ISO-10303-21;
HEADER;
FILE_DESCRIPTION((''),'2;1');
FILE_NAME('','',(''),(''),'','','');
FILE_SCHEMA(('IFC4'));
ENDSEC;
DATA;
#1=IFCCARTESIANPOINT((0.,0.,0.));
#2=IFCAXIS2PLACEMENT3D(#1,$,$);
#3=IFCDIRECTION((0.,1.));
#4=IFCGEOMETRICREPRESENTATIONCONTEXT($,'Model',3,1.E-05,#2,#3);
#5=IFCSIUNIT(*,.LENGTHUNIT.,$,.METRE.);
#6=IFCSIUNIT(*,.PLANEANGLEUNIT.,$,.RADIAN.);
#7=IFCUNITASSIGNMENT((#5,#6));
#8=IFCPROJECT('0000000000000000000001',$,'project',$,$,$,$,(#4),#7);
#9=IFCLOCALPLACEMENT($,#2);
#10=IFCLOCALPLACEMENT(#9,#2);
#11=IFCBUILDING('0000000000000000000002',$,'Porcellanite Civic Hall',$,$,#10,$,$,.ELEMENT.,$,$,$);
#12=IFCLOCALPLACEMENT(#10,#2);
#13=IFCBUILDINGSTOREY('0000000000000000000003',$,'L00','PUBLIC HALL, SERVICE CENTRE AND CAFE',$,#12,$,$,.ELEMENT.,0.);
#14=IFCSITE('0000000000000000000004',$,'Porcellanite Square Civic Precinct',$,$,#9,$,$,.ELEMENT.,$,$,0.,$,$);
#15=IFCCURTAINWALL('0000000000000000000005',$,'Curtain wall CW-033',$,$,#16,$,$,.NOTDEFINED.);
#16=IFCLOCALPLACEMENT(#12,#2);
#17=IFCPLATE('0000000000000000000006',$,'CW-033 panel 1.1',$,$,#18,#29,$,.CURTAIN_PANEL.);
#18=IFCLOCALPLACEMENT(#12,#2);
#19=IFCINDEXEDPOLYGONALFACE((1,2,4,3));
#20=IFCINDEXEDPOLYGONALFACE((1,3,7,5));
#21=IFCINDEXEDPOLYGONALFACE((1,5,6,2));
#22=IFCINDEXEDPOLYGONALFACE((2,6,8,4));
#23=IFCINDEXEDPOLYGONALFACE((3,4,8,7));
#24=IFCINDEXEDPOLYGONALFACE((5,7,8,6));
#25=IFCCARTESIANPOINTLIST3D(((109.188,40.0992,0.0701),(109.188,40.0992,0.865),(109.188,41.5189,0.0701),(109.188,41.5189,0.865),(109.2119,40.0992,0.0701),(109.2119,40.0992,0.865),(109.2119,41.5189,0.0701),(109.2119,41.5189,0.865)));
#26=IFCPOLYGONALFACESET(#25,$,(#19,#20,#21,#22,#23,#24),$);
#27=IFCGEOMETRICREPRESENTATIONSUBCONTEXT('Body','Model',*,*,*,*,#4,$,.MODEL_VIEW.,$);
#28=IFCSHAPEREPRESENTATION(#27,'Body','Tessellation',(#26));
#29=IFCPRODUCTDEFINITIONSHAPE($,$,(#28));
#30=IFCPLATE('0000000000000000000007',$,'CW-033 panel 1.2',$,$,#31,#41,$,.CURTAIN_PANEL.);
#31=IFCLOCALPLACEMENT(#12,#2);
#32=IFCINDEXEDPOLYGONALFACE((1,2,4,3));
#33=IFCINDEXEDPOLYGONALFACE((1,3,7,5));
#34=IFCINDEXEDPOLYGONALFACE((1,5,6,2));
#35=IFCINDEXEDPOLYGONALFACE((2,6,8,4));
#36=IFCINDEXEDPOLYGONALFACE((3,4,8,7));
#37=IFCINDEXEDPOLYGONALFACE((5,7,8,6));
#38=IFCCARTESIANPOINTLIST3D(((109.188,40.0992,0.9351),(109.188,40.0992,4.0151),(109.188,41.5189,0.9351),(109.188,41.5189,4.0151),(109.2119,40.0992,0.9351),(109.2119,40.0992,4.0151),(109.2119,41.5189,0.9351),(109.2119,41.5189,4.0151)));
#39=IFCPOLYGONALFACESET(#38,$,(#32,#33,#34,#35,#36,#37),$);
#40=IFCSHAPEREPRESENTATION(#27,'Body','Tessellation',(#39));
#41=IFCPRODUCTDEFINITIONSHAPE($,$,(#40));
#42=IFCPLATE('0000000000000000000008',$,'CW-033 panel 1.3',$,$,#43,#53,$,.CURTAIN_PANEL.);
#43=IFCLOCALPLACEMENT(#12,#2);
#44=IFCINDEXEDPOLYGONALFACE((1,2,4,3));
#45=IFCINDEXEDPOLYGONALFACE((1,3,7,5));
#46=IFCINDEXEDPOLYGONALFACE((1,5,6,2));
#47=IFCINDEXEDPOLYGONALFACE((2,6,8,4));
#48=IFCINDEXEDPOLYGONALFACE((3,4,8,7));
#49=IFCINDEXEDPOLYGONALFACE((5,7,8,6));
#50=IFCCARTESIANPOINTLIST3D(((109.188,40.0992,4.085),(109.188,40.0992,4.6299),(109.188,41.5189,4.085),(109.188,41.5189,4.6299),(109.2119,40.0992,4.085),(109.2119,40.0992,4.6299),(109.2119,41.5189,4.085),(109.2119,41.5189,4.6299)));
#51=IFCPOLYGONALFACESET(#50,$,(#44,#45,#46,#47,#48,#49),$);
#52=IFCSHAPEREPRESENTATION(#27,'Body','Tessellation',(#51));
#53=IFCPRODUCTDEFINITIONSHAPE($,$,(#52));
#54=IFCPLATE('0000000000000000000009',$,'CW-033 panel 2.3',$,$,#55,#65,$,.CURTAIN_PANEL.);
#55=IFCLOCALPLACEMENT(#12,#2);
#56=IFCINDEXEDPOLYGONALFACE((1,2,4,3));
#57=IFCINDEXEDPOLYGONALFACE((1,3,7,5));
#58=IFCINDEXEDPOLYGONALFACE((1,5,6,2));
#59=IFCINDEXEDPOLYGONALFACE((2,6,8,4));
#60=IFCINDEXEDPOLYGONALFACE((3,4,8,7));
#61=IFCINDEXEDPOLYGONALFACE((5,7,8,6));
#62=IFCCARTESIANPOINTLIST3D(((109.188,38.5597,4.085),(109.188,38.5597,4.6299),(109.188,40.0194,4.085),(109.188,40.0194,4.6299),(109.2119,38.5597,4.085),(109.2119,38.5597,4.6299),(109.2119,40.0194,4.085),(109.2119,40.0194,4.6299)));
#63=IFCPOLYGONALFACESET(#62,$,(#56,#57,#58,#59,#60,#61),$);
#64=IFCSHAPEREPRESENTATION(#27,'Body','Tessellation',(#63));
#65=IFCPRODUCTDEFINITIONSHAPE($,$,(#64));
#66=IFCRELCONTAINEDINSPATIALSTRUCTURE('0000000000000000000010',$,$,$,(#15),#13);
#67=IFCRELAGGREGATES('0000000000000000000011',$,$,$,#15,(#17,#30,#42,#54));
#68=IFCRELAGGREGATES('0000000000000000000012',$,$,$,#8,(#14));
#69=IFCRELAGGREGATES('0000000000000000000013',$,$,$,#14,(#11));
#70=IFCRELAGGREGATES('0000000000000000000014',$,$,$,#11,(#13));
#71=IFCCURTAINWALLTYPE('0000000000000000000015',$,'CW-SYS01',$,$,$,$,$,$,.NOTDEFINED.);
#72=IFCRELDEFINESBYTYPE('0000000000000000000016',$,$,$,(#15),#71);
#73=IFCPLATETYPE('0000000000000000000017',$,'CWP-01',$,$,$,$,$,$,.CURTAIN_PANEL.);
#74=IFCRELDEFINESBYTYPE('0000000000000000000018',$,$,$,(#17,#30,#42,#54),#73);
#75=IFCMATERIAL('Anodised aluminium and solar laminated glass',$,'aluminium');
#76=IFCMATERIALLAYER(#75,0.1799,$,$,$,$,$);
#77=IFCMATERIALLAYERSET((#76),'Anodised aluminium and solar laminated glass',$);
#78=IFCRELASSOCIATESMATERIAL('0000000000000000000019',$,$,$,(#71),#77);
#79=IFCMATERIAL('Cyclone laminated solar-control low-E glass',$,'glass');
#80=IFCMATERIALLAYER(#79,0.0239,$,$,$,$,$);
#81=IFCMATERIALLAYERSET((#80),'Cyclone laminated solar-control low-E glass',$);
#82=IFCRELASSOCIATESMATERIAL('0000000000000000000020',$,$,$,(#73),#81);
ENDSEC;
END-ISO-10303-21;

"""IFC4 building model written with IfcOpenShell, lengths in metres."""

from ifc_helpers import new_model, si_unit, direction, frame, origin, origin_2d, place, context, subcontext, project, spatial, rectangle, extrude, material, layer, layer_set, type_object, element, aggregate, save


model = new_model("IFC4")

# Units and contexts
model_context = context("Model", 3, precision=1e-05, world=origin(), true_north=direction((0.0, 1.0)))
body_context = subcontext(model_context, "Body", "Model", "MODEL_VIEW")
ifc_project = project(units=[si_unit("LENGTHUNIT", "METRE"), si_unit("PLANEANGLEUNIT", "RADIAN")], contexts=[model_context])

# Site, building, storey
site_placement = place(None, origin())
site = spatial("IfcSite", under=ifc_project, at=site_placement, Name="Porcellanite Square Civic Precinct", CompositionType="ELEMENT", RefElevation=0.0)
building_placement = place(site_placement, origin())
building = spatial("IfcBuilding", under=site, at=building_placement, Name="Porcellanite Civic Hall", CompositionType="ELEMENT")
storey_placement = place(building_placement, origin())
storey = spatial("IfcBuildingStorey", under=building, at=storey_placement, Name="L00", Description="PUBLIC HALL, SERVICE CENTRE AND CAFE", CompositionType="ELEMENT", Elevation=0.0)

# Curtain wall
ifc_material_1 = material(Name="Anodised aluminium and solar laminated glass", Category="aluminium")
ifc_layer_1 = layer(ifc_material_1, 0.1799)
ifc_layer_set_1 = layer_set([ifc_layer_1], Name="Anodised aluminium and solar laminated glass")
curtain_wall_type = type_object("IfcCurtainWallType", Name="CW-SYS01", PredefinedType="NOTDEFINED", material=ifc_layer_set_1)
curtain_wall_placement = place(storey_placement, origin())
curtain_wall = element("IfcCurtainWall", 1, at=curtain_wall_placement, inside=storey, type_object=curtain_wall_type, Name="Curtain wall CW-033", PredefinedType="NOTDEFINED")

# Plates
ifc_material_2 = material(Name="Cyclone laminated solar-control low-E glass", Category="glass")
ifc_layer_2 = layer(ifc_material_2, 0.0239)
ifc_layer_set_2 = layer_set([ifc_layer_2], Name="Cyclone laminated solar-control low-E glass")
plate_type = type_object("IfcPlateType", Name="CWP-01", PredefinedType="CURTAIN_PANEL", material=ifc_layer_set_2)
plate_1_placement = place(storey_placement, frame((109.2, 40.8091, 0.0701), z_axis=(0.0, 0.0, 1.0), x_axis=(0.0, -1.0, 0.0)))
plate_1 = element("IfcPlate", 2, at=plate_1_placement, type_object=plate_type, Name="CW-033 panel 1.1", PredefinedType="CURTAIN_PANEL", context=body_context, shape_type="SweptSolid", body=[
    extrude(rectangle(XDim=1.4197, YDim=0.0239, at=origin_2d()), origin(), (0.0, 0.0, 1.0), 0.7949),
])
plate_2_placement = place(storey_placement, frame((109.2, 40.8091, 0.9351), z_axis=(0.0, 0.0, 1.0), x_axis=(0.0, -1.0, 0.0)))
plate_2 = element("IfcPlate", 3, at=plate_2_placement, type_object=plate_type, Name="CW-033 panel 1.2", PredefinedType="CURTAIN_PANEL", context=body_context, shape_type="SweptSolid", body=[
    extrude(rectangle(XDim=1.4197, YDim=0.0239, at=origin_2d()), origin(), (0.0, 0.0, 1.0), 3.0801),
])
plate_3_placement = place(storey_placement, frame((109.2, 40.8091, 4.085), z_axis=(0.0, 0.0, 1.0), x_axis=(0.0, -1.0, 0.0)))
plate_3 = element("IfcPlate", 4, at=plate_3_placement, type_object=plate_type, Name="CW-033 panel 1.3", PredefinedType="CURTAIN_PANEL", context=body_context, shape_type="SweptSolid", body=[
    extrude(rectangle(XDim=1.4197, YDim=0.0239, at=origin_2d()), origin(), (0.0, 0.0, 1.0), 0.5449),
])
plate_4_placement = place(storey_placement, frame((109.2, 39.2896, 4.085), z_axis=(0.0, 0.0, 1.0), x_axis=(0.0, -1.0, 0.0)))
plate_4 = element("IfcPlate", 5, at=plate_4_placement, type_object=plate_type, Name="CW-033 panel 2.3", PredefinedType="CURTAIN_PANEL", context=body_context, shape_type="SweptSolid", body=[
    extrude(rectangle(XDim=1.4597, YDim=0.0239, at=origin_2d()), origin(), (0.0, 0.0, 1.0), 0.5449),
])
aggregate(curtain_wall, [plate_1, plate_2, plate_3, plate_4])

save(model, "model.ifc")
